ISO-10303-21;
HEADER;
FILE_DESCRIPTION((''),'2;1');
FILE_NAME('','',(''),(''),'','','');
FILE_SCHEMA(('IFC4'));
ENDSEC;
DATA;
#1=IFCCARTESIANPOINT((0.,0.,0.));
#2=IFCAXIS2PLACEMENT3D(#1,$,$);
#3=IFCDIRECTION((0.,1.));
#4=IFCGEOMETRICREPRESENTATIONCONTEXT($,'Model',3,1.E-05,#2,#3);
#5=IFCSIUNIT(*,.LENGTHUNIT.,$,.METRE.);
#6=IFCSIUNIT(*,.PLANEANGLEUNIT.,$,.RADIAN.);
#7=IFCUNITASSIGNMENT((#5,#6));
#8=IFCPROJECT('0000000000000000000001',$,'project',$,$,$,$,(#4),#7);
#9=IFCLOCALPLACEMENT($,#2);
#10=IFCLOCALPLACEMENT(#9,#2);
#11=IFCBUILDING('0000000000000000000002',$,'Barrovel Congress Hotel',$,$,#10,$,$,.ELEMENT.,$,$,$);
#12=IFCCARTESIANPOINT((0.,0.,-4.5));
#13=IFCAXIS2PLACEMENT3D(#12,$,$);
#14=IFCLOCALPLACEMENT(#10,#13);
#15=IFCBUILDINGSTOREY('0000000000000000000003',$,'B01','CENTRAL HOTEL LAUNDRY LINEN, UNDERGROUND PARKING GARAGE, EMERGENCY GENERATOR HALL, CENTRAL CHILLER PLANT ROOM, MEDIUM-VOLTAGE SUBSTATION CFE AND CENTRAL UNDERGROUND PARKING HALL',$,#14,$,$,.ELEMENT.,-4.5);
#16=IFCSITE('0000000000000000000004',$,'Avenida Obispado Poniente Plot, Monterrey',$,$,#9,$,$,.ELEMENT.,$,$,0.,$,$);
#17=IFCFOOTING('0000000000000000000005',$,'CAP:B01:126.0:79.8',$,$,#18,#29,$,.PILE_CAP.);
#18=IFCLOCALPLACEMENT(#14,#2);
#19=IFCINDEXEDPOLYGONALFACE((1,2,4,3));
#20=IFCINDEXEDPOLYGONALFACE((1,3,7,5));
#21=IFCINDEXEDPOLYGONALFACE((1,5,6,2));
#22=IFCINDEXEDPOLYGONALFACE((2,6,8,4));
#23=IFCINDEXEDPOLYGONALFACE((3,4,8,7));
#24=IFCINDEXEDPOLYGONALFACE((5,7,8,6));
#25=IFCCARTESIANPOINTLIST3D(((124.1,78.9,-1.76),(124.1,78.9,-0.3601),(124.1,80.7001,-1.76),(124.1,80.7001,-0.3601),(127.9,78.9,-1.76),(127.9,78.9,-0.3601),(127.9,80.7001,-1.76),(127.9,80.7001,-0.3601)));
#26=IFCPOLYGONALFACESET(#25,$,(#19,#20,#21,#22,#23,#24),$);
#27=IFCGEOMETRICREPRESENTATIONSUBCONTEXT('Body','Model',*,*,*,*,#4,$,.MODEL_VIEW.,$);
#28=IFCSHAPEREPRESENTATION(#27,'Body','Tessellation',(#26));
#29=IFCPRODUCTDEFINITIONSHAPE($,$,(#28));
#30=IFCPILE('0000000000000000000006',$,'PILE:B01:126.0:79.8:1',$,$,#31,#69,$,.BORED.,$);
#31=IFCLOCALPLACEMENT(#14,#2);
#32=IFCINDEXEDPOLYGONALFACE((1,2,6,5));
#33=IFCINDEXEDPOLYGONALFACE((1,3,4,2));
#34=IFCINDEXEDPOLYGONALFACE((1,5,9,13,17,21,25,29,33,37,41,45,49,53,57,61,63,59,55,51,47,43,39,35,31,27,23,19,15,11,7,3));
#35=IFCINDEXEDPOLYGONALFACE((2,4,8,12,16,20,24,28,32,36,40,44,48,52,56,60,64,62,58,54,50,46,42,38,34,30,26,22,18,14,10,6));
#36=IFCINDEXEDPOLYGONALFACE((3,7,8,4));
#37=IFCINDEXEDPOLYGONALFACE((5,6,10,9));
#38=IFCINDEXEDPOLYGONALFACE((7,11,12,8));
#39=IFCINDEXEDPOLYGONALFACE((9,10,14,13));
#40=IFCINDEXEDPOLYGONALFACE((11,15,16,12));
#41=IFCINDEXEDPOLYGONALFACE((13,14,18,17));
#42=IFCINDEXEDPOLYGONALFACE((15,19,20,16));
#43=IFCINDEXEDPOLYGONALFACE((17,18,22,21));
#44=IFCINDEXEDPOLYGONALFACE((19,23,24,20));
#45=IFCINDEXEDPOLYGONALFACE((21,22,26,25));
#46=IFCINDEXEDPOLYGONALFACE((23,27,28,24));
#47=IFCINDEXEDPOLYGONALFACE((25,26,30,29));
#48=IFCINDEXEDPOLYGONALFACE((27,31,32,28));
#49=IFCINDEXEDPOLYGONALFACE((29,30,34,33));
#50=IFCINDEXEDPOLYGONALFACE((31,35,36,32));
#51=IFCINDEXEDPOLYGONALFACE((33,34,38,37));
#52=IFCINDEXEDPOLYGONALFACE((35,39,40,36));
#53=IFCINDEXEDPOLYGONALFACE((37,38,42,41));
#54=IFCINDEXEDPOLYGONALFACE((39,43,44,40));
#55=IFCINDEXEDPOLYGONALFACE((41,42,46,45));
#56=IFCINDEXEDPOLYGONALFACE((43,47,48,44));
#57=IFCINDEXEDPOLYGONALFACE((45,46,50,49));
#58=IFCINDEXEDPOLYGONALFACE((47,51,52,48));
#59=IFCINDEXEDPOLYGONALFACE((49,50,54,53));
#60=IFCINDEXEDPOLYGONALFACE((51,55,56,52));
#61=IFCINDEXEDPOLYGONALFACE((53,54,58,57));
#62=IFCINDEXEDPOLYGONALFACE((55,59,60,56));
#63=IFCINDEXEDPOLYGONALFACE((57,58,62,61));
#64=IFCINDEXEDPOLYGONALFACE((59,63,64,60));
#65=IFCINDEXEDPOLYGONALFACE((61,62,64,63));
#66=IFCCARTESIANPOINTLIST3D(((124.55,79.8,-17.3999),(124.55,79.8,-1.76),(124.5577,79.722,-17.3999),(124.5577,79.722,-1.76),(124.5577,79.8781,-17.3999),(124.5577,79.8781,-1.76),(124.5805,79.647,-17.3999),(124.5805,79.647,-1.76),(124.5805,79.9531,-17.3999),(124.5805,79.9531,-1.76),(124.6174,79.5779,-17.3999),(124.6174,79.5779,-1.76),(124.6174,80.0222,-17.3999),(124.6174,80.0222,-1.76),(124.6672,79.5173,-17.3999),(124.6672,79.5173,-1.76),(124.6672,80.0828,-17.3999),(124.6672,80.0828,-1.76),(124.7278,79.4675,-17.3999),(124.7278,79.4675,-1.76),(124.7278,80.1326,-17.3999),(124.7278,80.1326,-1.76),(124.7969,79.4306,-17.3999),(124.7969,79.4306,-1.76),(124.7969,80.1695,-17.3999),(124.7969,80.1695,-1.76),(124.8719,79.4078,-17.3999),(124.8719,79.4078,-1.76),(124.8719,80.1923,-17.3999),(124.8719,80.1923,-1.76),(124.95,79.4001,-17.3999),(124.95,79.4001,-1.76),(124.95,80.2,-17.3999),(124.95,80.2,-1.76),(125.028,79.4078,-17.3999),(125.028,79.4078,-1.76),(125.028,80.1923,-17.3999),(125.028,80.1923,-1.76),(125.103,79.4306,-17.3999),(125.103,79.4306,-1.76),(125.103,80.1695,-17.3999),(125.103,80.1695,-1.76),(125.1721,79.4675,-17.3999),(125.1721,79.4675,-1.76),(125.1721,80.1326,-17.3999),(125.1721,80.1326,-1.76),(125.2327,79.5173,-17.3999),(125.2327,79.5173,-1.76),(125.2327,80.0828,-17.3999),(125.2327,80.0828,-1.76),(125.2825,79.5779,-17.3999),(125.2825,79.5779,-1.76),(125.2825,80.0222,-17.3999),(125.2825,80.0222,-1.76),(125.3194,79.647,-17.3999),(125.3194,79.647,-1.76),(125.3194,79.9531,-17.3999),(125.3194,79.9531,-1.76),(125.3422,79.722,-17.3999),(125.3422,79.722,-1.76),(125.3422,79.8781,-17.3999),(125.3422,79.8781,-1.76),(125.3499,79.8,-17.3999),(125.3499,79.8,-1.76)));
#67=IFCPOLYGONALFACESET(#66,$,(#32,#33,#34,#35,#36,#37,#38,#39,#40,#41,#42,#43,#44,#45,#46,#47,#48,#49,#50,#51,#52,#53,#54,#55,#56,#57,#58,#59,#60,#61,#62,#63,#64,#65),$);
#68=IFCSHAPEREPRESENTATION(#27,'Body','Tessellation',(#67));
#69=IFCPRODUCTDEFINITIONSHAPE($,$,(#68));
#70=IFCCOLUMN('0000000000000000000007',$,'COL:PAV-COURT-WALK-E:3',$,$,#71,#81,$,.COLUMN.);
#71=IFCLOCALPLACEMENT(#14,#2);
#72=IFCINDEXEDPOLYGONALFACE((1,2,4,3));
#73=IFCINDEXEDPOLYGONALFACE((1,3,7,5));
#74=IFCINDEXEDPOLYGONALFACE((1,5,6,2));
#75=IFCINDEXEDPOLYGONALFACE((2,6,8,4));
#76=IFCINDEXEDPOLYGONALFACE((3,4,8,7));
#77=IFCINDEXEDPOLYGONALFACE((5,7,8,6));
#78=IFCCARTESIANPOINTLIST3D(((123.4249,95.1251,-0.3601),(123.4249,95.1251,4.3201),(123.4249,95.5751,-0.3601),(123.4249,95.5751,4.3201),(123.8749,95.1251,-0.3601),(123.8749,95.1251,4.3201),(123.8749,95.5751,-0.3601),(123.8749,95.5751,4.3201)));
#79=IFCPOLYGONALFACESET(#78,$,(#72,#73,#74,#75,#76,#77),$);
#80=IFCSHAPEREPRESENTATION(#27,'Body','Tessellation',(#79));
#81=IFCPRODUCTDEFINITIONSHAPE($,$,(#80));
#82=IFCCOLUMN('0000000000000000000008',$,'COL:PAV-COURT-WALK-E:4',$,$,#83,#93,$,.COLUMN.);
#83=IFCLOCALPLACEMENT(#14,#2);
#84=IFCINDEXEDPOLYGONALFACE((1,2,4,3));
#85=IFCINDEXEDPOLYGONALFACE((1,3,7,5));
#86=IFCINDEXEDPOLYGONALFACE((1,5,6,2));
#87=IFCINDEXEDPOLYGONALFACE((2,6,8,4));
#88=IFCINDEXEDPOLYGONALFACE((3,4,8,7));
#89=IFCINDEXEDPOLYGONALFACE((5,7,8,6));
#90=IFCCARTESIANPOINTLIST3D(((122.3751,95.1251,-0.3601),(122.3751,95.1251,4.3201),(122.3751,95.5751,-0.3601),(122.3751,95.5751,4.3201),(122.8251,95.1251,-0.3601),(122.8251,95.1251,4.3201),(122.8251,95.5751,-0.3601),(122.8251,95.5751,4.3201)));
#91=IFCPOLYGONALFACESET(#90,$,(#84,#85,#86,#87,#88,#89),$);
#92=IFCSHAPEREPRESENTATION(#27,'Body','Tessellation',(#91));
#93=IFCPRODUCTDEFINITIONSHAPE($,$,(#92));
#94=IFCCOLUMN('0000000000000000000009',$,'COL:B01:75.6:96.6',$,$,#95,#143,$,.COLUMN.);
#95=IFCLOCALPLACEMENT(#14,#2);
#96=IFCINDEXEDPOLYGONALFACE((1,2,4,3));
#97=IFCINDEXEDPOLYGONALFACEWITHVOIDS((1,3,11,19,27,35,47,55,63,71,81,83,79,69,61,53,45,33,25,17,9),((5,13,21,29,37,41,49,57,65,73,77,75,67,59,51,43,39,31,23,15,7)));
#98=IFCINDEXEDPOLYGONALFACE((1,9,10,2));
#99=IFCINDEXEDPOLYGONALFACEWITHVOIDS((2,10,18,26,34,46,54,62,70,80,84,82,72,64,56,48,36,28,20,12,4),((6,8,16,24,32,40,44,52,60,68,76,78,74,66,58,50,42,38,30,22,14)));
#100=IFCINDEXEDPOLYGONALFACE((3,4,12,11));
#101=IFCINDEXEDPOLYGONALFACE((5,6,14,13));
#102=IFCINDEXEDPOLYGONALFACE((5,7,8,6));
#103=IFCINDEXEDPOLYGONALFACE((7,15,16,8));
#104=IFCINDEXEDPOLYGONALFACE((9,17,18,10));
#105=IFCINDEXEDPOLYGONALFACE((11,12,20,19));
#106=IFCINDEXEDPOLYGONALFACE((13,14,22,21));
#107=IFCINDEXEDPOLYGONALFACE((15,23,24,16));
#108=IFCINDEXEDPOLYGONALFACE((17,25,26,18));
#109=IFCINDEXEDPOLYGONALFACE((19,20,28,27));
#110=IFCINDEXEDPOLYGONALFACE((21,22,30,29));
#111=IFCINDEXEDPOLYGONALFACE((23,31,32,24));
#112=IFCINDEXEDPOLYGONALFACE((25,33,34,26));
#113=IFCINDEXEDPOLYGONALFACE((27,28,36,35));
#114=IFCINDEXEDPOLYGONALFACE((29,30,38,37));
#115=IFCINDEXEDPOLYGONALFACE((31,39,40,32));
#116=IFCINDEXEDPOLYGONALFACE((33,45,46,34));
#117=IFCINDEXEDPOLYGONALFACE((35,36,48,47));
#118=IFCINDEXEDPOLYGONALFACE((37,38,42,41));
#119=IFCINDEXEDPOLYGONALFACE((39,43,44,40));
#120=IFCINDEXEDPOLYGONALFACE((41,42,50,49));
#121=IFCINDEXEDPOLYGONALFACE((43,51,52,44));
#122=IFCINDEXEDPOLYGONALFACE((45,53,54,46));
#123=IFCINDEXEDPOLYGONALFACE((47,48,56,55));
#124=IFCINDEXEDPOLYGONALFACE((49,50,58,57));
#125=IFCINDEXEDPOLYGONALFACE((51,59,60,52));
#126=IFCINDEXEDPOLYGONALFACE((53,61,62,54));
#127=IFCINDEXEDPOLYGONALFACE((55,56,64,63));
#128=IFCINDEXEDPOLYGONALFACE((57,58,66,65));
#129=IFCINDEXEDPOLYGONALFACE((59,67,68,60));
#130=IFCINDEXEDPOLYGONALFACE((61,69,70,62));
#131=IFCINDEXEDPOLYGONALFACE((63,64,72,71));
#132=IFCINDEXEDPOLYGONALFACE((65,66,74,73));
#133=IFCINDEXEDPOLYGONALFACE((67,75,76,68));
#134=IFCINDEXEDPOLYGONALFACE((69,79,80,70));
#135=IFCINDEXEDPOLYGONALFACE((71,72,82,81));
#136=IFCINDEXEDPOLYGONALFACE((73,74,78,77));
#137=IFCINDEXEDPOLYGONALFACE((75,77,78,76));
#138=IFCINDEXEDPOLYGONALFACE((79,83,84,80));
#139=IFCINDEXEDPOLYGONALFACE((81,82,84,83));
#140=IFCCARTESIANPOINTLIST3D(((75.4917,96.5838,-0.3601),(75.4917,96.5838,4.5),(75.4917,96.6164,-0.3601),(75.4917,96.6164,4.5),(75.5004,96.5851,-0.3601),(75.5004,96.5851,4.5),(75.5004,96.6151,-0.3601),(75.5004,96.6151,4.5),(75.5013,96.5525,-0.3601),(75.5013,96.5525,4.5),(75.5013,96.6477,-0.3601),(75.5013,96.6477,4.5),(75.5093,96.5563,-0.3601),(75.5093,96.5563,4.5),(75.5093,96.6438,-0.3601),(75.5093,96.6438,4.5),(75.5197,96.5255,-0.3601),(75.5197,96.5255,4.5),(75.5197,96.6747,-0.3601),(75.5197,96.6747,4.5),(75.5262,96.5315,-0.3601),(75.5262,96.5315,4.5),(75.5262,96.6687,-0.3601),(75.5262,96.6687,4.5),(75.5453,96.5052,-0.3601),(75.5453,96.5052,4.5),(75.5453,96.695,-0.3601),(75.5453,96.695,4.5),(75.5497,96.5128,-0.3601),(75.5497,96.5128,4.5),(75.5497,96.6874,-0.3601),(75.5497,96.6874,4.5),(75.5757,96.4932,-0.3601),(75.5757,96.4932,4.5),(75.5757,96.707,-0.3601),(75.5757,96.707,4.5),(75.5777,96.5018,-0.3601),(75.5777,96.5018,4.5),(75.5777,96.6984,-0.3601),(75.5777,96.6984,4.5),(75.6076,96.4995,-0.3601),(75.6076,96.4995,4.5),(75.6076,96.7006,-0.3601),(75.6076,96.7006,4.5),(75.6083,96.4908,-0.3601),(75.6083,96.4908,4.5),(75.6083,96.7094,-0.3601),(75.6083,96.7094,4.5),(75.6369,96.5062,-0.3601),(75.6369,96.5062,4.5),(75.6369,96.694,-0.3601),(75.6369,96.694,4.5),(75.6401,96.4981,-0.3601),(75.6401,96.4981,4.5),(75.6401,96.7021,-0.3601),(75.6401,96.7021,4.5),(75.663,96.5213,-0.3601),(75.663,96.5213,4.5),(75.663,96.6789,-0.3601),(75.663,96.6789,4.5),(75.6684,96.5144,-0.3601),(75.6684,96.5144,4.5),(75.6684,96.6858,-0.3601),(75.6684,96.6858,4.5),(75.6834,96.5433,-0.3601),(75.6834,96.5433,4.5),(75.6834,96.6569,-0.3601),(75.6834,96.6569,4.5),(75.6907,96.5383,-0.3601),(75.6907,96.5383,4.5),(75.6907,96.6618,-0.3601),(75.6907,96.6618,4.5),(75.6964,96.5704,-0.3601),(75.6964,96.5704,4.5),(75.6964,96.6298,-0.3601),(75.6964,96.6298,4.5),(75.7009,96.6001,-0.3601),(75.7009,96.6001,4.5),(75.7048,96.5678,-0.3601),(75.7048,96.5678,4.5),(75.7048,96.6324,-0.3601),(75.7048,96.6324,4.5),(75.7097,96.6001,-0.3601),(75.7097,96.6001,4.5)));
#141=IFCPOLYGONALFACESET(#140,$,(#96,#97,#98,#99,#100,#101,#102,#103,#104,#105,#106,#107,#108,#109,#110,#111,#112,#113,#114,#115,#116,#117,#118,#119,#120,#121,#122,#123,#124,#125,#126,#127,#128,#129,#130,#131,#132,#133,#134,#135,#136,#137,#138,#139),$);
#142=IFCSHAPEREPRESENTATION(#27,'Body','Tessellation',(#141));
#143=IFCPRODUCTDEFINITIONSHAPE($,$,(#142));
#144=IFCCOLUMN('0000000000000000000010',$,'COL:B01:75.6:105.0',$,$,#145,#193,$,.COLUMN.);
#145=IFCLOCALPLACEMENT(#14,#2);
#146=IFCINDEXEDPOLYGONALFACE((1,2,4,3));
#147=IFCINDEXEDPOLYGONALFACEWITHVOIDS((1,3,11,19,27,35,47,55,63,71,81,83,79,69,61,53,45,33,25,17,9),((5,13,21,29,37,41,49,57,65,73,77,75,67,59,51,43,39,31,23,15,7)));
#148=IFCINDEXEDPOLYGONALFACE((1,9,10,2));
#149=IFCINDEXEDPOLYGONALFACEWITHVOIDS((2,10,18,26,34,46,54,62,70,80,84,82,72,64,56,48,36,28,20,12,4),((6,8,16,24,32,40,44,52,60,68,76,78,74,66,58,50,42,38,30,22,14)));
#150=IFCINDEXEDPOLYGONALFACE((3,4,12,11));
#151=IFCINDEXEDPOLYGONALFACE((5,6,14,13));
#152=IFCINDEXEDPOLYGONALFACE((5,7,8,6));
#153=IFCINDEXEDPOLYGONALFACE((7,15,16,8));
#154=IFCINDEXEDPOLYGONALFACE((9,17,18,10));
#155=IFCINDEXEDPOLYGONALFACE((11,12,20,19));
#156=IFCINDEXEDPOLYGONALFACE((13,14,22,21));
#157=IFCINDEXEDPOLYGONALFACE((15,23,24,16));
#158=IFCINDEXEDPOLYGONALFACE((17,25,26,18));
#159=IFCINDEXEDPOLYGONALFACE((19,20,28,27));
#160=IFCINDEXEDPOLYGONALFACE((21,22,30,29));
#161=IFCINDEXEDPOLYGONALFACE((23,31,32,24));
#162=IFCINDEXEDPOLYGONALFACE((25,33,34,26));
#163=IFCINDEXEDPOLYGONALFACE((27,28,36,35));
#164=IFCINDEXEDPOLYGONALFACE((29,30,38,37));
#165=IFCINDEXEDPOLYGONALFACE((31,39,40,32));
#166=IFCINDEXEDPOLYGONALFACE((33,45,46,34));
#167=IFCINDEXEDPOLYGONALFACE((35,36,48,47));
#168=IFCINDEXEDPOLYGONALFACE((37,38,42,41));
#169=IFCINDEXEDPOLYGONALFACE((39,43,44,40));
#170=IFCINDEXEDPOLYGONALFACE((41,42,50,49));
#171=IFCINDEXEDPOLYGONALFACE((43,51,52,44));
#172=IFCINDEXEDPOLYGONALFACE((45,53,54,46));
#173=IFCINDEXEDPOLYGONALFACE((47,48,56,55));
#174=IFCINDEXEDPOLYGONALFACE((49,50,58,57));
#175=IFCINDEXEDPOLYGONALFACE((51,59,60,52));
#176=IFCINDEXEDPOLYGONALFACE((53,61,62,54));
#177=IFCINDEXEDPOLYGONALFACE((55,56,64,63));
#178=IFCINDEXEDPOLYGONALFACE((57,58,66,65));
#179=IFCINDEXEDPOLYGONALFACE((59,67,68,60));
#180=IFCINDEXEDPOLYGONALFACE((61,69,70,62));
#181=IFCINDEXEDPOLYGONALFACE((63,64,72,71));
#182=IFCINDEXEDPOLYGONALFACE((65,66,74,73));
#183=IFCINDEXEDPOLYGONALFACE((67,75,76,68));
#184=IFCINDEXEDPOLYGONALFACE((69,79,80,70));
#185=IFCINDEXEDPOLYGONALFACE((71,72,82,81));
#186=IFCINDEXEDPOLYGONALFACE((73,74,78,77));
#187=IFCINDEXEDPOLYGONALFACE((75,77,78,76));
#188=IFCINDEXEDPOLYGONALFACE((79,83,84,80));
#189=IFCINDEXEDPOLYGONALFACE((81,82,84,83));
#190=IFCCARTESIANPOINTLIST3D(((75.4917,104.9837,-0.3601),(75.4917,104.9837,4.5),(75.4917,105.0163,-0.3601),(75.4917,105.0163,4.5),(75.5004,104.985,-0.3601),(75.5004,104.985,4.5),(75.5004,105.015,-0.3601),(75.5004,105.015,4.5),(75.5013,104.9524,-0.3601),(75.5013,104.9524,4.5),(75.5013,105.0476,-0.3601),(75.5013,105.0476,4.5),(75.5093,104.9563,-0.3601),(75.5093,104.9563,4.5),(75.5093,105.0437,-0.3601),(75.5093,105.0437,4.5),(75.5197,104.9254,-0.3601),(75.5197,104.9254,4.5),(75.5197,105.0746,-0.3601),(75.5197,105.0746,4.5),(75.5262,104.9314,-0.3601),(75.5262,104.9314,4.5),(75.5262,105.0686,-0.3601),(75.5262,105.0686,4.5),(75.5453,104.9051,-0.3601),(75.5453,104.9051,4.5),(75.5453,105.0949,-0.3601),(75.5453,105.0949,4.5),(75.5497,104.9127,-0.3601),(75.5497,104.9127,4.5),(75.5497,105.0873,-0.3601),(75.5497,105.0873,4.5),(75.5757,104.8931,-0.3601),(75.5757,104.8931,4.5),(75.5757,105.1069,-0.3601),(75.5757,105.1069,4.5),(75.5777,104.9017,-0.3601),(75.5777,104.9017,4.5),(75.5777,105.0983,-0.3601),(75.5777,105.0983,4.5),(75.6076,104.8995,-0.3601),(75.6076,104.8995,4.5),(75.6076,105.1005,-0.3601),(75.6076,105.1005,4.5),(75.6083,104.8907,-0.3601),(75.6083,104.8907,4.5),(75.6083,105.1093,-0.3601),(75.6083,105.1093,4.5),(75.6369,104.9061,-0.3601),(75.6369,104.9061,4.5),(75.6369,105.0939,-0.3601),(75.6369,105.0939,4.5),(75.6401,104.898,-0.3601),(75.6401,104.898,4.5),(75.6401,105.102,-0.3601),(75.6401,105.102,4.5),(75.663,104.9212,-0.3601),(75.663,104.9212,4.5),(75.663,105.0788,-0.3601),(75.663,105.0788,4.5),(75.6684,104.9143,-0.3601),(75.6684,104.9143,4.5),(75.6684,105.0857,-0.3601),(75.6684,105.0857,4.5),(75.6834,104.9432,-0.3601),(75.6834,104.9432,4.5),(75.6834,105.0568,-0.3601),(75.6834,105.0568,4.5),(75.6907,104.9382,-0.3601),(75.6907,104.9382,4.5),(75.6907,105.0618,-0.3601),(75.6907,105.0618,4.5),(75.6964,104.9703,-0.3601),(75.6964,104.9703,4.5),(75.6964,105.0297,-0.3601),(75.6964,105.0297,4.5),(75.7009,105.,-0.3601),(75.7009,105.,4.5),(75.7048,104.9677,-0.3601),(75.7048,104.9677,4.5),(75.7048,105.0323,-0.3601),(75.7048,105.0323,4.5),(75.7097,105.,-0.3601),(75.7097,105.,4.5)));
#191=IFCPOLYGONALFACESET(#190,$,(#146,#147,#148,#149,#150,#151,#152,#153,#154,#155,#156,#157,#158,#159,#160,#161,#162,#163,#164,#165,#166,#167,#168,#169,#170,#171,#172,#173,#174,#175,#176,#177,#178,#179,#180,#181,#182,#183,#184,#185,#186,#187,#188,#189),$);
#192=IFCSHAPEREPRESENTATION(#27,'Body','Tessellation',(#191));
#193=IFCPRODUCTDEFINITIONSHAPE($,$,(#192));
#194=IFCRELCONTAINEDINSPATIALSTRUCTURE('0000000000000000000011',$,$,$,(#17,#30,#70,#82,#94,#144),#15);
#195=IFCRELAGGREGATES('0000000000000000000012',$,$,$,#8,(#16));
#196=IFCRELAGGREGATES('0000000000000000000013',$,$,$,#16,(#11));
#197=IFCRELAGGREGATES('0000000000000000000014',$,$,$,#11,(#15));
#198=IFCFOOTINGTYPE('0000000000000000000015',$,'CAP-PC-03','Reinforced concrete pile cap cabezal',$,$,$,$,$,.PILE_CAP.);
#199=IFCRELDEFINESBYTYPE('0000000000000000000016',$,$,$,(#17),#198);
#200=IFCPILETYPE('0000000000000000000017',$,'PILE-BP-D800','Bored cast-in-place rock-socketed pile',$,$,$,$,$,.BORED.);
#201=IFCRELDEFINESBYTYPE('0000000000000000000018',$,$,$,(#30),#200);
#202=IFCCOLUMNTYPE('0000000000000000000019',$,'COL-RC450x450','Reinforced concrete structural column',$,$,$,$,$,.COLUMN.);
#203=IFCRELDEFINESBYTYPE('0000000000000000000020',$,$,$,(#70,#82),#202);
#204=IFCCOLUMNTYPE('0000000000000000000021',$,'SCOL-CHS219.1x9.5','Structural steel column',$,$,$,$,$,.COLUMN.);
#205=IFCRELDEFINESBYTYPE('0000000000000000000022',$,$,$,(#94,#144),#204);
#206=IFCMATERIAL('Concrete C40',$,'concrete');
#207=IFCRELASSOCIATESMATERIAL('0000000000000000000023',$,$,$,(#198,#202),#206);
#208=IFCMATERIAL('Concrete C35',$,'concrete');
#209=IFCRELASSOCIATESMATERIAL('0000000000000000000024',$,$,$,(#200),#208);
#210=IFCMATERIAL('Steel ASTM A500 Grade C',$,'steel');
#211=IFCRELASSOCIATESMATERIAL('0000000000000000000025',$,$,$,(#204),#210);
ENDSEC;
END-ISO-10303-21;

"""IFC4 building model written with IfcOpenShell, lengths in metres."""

from ifc_helpers import new_model, si_unit, direction, frame, origin, origin_2d, place, context, subcontext, project, spatial, rectangle, circle, hollow_circle, extrude, material, material_profile, profile_set, type_object, element, save


model = new_model("IFC4")

# Units and contexts
model_context = context("Model", 3, precision=1e-05, world=origin(), true_north=direction((0.0, 1.0)))
body_context = subcontext(model_context, "Body", "Model", "MODEL_VIEW")
ifc_project = project(units=[si_unit("LENGTHUNIT", "METRE"), si_unit("PLANEANGLEUNIT", "RADIAN")], contexts=[model_context])

# Site, building, storey
site_placement = place(None, origin())
site = spatial("IfcSite", under=ifc_project, at=site_placement, Name="Avenida Obispado Poniente Plot, Monterrey", CompositionType="ELEMENT", RefElevation=0.0)
building_placement = place(site_placement, origin())
building = spatial("IfcBuilding", under=site, at=building_placement, Name="Barrovel Congress Hotel", CompositionType="ELEMENT")
storey_placement = place(building_placement, frame((0.0, 0.0, -4.5)))
storey = spatial("IfcBuildingStorey", under=building, at=storey_placement, Name="B01", Description="CENTRAL HOTEL LAUNDRY LINEN, UNDERGROUND PARKING GARAGE, EMERGENCY GENERATOR HALL, CENTRAL CHILLER PLANT ROOM, MEDIUM-VOLTAGE SUBSTATION CFE AND CENTRAL UNDERGROUND PARKING HALL", CompositionType="ELEMENT", Elevation=-4.5)

# Footing
ifc_material_1 = material(Name="Concrete C40", Category="concrete")
footing_type = type_object("IfcFootingType", Name="CAP-PC-03", Description="Reinforced concrete pile cap cabezal", PredefinedType="PILE_CAP", material=ifc_material_1)
footing_placement = place(storey_placement, frame((126.0, 79.8, -1.76), z_axis=(0.0, 0.0, 1.0), x_axis=(1.0, 0.0, 0.0)))
element("IfcFooting", 1, at=footing_placement, inside=storey, type_object=footing_type, Name="CAP:B01:126.0:79.8", PredefinedType="PILE_CAP", context=body_context, shape_type="SweptSolid", body=[
    extrude(rectangle(XDim=3.8, YDim=1.8, at=origin_2d()), origin(), (0.0, 0.0, 1.0), 1.3999),
])

# Pile
ifc_material_2 = material(Name="Concrete C35", Category="concrete")
ifc_material_profile_1 = material_profile(ifc_material_2, circle(Radius=0.3999, at=origin_2d()), Name="BP-D800")
ifc_profile_set_1 = profile_set([ifc_material_profile_1], Name="Concrete C35")
pile_type = type_object("IfcPileType", Name="PILE-BP-D800", Description="Bored cast-in-place rock-socketed pile", PredefinedType="BORED", material=ifc_profile_set_1)
pile_placement = place(storey_placement, frame((124.95, 79.8, -1.76), z_axis=(0.0, 0.0, -1.0), x_axis=(1.0, 0.0, 0.0)))
element("IfcPile", 2, at=pile_placement, inside=storey, type_object=pile_type, Name="PILE:B01:126.0:79.8:1", PredefinedType="BORED", context=body_context, shape_type="SweptSolid", body=[
    extrude(circle(Radius=0.3999, at=origin_2d()), origin(), (0.0, 0.0, 1.0), 15.6399),
])

# Columns
ifc_material_profile_2 = material_profile(ifc_material_1, rectangle(XDim=0.45, YDim=0.45, at=origin_2d()), Name="RC450x450")
ifc_profile_set_2 = profile_set([ifc_material_profile_2], Name="Concrete C40")
column_type_1 = type_object("IfcColumnType", Name="COL-RC450x450", Description="Reinforced concrete structural column", PredefinedType="COLUMN", material=ifc_profile_set_2)
for number, where, z_axis, x_axis, name in (
    (3, (123.6499, 95.3501, -0.3601), (0.0, 0.0, 1.0), (1.0, 0.0, 0.0), "COL:PAV-COURT-WALK-E:3"),
    (4, (122.6001, 95.3501, -0.3601), (0.0, 0.0, 1.0), (1.0, 0.0, 0.0), "COL:PAV-COURT-WALK-E:4"),
):
    element("IfcColumn", number, at=place(storey_placement, frame(where, z_axis=z_axis, x_axis=x_axis)), inside=storey, type_object=column_type_1, Name=name, PredefinedType="COLUMN", context=body_context, shape_type="SweptSolid", body=[
        extrude(rectangle(XDim=0.45, YDim=0.45, at=origin_2d()), origin(), (0.0, 0.0, 1.0), 4.6802),
    ])
ifc_material_3 = material(Name="Steel ASTM A500 Grade C", Category="steel")
ifc_material_profile_3 = material_profile(ifc_material_3, hollow_circle(Radius=0.1096, WallThickness=0.0088, at=origin_2d()), Name="CHS219.1x9.5")
ifc_profile_set_3 = profile_set([ifc_material_profile_3], Name="Steel ASTM A500 Grade C")
column_type_2 = type_object("IfcColumnType", Name="SCOL-CHS219.1x9.5", Description="Structural steel column", PredefinedType="COLUMN", material=ifc_profile_set_3)
for number, where, z_axis, x_axis, name in (
    (5, (75.6001, 96.6001, -0.3601), (0.0, 0.0, 1.0), (1.0, 0.0, 0.0), "COL:B01:75.6:96.6"),
    (6, (75.6001, 105.0, -0.3601), (0.0, 0.0, 1.0), (1.0, 0.0, 0.0), "COL:B01:75.6:105.0"),
):
    element("IfcColumn", number, at=place(storey_placement, frame(where, z_axis=z_axis, x_axis=x_axis)), inside=storey, type_object=column_type_2, Name=name, PredefinedType="COLUMN", context=body_context, shape_type="SweptSolid", body=[
        extrude(hollow_circle(Radius=0.1096, WallThickness=0.0088, at=origin_2d()), origin(), (0.0, 0.0, 1.0), 4.8601),
    ])

save(model, "model.ifc")
